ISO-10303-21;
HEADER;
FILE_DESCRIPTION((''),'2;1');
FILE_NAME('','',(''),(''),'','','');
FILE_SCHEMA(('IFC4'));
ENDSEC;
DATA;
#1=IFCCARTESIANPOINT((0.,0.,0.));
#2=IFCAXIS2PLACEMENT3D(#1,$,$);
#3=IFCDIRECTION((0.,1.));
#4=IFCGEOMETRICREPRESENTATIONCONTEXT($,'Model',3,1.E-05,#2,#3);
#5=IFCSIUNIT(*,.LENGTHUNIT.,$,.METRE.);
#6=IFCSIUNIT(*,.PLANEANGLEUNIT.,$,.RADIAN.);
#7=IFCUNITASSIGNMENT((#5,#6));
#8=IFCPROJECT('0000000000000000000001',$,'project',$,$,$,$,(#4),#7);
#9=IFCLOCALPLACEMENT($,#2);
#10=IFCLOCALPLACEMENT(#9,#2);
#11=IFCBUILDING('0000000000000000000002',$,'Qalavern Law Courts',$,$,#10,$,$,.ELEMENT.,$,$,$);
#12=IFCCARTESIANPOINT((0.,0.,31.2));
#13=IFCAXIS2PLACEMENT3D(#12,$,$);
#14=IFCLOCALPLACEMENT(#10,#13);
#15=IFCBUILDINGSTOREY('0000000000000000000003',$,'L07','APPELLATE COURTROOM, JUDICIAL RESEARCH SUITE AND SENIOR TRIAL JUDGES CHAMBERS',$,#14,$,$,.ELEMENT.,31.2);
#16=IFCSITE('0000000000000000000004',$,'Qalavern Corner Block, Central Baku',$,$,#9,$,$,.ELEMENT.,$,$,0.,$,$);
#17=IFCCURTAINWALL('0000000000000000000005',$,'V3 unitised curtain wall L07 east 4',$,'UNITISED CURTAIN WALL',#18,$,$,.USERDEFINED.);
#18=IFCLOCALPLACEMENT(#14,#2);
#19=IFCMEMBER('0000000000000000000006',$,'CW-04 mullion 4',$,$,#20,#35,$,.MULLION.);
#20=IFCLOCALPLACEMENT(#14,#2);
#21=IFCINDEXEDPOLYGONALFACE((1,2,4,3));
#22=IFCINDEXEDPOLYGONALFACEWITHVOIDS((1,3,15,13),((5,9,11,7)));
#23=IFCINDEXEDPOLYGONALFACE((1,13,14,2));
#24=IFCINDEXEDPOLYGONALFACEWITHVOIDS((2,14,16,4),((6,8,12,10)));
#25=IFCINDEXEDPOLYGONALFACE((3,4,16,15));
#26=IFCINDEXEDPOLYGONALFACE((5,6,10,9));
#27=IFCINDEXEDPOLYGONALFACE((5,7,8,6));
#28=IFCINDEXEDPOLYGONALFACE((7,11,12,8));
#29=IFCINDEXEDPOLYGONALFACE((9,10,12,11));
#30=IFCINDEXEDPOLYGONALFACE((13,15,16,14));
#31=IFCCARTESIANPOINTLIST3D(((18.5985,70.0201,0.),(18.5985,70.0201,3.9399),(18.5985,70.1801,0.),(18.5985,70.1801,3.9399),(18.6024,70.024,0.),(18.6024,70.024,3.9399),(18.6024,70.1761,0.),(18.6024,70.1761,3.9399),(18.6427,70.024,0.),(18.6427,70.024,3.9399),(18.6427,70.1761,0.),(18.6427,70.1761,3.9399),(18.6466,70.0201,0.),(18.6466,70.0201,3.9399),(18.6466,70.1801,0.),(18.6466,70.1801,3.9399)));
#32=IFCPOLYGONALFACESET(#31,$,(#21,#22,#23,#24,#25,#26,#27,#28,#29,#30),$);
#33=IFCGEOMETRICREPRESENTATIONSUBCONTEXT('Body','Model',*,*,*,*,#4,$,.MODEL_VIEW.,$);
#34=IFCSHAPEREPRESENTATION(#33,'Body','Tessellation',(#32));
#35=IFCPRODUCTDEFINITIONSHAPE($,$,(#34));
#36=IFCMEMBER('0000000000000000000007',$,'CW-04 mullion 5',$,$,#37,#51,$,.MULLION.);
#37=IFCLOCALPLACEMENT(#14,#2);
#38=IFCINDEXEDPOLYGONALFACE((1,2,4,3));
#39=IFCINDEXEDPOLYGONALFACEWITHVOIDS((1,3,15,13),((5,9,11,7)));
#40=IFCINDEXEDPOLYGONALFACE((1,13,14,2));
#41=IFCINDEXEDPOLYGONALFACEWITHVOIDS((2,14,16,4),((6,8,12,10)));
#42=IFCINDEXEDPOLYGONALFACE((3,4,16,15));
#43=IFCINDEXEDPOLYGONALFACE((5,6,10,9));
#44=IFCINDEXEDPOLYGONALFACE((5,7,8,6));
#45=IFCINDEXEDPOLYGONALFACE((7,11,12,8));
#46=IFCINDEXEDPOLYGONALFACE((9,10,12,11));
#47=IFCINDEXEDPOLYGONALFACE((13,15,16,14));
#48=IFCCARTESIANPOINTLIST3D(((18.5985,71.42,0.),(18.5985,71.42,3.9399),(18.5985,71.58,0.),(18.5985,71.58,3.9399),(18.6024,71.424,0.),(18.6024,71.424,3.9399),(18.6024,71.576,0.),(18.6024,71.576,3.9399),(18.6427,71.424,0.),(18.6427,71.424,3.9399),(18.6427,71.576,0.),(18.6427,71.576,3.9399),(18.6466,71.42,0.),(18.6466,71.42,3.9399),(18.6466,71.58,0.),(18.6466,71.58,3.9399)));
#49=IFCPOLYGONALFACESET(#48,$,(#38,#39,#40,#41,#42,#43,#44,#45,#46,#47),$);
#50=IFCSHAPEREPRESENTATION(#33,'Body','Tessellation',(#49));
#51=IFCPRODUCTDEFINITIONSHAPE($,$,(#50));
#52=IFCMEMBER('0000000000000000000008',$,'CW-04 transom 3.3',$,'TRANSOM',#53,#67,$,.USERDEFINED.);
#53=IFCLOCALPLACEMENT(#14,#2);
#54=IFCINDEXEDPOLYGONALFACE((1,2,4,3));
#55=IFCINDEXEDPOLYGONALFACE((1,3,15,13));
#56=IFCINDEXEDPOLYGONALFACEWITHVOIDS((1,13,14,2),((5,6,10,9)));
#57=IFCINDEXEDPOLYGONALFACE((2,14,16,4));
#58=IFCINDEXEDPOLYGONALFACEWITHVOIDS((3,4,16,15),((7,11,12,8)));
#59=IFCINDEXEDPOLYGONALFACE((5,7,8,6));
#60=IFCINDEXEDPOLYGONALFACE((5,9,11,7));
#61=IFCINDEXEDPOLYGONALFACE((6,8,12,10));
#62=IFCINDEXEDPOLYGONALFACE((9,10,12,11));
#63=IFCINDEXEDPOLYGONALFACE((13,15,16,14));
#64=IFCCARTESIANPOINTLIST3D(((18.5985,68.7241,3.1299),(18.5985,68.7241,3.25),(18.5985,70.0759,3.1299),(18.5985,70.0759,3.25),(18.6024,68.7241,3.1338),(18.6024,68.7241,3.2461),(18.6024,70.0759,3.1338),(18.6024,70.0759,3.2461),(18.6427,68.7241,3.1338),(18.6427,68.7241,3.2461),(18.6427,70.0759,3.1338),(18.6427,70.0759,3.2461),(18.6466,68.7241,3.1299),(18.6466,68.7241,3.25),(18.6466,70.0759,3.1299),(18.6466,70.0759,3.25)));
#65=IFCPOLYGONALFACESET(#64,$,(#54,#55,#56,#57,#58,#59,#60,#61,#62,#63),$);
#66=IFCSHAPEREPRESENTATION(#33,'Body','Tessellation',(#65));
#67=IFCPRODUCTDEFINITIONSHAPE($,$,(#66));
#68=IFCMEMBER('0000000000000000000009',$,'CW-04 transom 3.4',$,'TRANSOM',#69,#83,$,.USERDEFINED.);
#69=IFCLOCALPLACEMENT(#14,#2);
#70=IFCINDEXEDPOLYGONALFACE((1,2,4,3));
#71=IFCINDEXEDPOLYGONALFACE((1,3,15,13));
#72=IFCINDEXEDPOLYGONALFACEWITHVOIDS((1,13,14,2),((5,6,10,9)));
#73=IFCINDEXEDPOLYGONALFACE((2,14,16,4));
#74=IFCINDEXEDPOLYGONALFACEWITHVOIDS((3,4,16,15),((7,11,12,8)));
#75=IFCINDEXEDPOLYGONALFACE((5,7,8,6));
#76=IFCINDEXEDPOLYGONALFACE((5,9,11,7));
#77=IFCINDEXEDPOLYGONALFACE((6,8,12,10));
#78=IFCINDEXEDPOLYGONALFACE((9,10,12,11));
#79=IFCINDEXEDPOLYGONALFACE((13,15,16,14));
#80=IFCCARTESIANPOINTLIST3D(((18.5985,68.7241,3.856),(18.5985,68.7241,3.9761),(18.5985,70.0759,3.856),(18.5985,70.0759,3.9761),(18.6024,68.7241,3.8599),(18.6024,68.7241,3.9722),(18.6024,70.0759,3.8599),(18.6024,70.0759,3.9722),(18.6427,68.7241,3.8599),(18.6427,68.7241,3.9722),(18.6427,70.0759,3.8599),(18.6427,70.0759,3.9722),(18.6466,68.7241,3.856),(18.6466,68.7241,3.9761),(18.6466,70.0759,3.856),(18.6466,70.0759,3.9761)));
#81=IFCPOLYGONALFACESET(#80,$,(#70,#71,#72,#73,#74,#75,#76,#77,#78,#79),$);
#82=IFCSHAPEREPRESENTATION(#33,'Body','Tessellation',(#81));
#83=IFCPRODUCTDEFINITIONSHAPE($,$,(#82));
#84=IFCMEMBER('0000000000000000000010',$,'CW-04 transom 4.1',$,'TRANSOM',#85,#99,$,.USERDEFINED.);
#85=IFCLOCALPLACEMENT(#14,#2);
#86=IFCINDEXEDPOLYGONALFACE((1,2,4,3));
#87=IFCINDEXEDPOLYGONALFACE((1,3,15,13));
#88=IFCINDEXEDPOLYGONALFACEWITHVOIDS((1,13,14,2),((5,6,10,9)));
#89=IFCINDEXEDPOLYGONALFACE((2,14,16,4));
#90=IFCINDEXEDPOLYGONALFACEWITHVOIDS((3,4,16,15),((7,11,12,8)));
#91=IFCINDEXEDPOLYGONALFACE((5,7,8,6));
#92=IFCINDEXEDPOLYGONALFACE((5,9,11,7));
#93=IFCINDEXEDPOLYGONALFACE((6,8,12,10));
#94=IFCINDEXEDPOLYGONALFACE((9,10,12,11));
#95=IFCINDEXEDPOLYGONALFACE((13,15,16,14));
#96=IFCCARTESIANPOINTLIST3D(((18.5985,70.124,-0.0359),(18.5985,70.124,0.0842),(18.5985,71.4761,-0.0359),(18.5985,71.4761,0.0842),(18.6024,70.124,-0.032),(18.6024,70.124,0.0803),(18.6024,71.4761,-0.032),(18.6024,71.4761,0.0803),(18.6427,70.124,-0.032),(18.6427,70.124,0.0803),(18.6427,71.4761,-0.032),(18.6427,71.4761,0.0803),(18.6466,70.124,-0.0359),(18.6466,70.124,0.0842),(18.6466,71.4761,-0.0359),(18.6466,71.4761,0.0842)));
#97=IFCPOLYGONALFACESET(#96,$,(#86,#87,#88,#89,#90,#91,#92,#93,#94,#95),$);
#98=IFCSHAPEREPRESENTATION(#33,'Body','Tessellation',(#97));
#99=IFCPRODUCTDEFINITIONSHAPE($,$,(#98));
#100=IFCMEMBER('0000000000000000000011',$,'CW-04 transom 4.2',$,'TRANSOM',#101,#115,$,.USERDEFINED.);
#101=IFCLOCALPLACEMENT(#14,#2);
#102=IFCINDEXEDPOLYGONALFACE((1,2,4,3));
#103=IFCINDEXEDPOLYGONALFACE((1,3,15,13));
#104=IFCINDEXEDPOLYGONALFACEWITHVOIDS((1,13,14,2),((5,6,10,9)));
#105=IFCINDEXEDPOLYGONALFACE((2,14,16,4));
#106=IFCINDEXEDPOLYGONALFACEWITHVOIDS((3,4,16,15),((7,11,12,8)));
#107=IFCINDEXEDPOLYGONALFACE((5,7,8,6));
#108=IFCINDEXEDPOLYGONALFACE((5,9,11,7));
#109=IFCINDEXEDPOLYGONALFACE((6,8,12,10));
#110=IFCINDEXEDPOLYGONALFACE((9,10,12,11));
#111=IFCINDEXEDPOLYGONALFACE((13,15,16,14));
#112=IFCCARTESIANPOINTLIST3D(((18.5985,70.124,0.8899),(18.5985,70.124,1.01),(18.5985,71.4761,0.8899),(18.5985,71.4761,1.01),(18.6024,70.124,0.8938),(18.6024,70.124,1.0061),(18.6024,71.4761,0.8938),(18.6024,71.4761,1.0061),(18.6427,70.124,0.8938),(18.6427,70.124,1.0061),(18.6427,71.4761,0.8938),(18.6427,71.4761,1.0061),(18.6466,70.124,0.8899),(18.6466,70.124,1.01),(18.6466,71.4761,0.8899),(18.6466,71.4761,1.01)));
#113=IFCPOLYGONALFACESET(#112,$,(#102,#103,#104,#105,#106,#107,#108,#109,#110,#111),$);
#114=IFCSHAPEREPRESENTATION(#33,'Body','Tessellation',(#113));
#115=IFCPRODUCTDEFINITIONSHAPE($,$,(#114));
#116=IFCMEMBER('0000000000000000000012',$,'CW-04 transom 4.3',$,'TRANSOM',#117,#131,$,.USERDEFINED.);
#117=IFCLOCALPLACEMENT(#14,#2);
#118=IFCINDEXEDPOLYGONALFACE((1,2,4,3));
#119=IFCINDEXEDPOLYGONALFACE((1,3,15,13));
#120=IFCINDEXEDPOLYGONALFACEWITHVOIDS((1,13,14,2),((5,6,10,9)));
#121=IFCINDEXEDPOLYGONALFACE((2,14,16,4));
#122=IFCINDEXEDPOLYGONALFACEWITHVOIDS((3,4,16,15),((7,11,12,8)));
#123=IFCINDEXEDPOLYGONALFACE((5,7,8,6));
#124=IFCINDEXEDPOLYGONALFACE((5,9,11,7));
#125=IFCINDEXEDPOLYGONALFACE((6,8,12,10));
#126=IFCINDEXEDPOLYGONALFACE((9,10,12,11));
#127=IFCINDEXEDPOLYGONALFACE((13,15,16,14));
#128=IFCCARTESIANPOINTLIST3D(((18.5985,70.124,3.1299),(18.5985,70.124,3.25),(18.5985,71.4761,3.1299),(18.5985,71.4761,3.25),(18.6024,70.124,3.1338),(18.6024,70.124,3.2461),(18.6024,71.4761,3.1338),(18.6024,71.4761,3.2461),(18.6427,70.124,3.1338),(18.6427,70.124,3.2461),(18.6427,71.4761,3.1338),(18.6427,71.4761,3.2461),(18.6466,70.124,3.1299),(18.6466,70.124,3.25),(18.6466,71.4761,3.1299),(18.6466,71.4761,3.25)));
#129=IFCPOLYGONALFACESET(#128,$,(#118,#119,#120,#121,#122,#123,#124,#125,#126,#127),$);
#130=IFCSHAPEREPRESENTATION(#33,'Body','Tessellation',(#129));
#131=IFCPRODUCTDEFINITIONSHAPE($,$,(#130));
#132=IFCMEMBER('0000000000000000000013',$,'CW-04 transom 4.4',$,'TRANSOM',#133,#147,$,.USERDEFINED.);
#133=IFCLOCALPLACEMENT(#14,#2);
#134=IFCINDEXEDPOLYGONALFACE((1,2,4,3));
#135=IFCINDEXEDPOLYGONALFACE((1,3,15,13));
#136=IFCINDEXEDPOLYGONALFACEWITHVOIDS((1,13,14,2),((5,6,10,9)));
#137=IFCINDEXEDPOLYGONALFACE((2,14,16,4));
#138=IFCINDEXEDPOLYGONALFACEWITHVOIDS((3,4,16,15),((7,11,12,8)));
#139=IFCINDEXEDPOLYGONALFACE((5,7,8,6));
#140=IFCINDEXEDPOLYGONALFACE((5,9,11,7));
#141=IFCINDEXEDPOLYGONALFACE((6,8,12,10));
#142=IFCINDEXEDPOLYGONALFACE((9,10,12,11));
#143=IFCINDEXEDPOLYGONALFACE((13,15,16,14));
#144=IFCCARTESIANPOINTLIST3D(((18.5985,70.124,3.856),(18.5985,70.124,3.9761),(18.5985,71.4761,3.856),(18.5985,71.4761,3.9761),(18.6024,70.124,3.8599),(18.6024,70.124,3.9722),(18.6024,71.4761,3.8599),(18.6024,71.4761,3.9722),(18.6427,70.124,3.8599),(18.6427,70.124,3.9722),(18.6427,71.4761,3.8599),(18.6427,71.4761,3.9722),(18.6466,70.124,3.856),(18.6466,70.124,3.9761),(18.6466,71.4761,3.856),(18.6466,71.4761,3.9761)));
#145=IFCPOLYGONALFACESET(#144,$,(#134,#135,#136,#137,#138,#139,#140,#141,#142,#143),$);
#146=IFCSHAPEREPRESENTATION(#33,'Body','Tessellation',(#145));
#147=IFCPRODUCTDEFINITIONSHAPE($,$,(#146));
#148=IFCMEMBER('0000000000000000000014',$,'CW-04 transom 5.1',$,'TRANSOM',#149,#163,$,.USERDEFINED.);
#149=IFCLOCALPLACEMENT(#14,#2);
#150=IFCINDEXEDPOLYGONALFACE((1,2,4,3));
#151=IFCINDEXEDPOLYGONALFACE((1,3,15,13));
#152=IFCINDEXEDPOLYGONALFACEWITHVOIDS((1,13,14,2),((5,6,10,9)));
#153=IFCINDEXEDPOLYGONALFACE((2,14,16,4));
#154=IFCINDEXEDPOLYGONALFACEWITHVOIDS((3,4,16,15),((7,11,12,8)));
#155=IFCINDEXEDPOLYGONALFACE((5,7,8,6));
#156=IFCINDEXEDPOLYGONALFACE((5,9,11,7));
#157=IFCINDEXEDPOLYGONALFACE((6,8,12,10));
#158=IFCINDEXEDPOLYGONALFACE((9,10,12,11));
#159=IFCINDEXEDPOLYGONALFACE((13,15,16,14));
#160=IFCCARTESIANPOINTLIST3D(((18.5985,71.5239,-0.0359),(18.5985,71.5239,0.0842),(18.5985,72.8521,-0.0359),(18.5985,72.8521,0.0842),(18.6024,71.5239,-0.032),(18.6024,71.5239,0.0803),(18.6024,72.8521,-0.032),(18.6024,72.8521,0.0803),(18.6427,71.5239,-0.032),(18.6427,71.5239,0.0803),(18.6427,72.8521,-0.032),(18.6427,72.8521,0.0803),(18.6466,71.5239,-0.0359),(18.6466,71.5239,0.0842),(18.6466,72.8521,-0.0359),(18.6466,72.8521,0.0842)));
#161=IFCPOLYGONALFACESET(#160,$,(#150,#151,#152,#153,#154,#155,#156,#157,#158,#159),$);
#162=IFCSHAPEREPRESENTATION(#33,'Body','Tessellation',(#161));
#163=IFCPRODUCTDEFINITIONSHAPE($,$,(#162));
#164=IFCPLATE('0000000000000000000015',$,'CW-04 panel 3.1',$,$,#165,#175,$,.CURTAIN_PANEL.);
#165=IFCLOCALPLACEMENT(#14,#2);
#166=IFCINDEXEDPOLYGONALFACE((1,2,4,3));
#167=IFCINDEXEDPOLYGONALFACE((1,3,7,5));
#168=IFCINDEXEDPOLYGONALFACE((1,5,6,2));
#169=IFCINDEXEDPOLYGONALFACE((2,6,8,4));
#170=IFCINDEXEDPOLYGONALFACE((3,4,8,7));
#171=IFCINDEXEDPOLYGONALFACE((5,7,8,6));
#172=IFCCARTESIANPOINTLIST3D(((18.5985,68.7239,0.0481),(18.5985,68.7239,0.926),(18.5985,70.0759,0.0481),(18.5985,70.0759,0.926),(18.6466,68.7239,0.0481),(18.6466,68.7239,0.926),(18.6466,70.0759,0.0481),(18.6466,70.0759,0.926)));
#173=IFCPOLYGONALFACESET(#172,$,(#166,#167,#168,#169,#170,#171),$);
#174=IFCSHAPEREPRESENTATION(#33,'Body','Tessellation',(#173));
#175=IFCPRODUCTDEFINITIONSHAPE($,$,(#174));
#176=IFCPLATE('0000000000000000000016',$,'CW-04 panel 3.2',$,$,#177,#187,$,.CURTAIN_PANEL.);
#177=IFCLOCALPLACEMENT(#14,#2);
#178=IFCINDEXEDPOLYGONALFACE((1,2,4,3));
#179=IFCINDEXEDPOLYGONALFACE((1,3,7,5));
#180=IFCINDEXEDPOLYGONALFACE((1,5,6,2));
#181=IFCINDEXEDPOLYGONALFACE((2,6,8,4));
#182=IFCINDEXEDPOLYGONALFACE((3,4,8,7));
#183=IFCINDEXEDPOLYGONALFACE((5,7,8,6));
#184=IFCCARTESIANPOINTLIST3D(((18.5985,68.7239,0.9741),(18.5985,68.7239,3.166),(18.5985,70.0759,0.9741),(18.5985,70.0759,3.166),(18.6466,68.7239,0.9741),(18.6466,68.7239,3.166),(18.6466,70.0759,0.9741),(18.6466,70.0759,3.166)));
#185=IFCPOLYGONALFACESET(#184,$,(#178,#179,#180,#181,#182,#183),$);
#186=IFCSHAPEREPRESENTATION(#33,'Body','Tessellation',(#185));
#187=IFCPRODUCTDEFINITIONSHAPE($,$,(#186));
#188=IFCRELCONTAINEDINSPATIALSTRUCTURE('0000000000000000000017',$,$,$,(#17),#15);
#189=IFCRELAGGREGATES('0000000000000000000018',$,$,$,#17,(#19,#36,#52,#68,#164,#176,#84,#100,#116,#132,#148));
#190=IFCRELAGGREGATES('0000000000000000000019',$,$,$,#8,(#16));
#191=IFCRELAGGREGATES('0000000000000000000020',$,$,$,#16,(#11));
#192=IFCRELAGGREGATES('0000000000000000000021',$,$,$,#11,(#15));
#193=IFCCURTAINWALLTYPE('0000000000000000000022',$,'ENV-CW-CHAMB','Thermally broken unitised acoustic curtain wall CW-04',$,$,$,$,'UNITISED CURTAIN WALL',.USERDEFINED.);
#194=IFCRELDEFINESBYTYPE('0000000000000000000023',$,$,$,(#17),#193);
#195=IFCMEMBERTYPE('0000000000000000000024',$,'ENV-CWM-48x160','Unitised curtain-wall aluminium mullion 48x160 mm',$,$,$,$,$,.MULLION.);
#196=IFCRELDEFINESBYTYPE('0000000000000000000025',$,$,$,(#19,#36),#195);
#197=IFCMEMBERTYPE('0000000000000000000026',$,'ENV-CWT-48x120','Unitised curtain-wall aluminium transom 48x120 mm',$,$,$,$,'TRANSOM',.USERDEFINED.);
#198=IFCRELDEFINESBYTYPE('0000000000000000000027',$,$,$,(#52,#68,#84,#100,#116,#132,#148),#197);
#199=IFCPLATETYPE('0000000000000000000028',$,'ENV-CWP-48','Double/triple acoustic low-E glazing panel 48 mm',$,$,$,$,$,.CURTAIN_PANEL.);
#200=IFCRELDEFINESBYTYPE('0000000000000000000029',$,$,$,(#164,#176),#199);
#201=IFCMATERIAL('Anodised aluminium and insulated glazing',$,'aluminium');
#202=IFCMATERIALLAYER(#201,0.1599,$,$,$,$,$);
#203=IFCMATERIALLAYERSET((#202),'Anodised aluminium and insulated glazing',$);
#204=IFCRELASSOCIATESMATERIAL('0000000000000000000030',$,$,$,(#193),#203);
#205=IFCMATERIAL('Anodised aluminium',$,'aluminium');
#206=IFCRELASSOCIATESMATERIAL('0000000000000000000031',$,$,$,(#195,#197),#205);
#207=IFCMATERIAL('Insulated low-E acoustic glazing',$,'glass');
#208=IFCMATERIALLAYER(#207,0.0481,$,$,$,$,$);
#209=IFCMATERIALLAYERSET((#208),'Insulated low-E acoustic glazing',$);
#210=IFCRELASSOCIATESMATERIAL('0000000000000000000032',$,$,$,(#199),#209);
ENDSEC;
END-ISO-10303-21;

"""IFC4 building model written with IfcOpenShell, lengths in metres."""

from ifc_helpers import new_model, si_unit, direction, frame, origin, origin_2d, place, context, subcontext, project, spatial, rectangle, hollow_rectangle, extrude, material, layer, layer_set, material_profile, profile_set, type_object, element, aggregate, save


model = new_model("IFC4")

# Units and contexts
model_context = context("Model", 3, precision=1e-05, world=origin(), true_north=direction((0.0, 1.0)))
body_context = subcontext(model_context, "Body", "Model", "MODEL_VIEW")
ifc_project = project(units=[si_unit("LENGTHUNIT", "METRE"), si_unit("PLANEANGLEUNIT", "RADIAN")], contexts=[model_context])

# Site, building, storey
site_placement = place(None, origin())
site = spatial("IfcSite", under=ifc_project, at=site_placement, Name="Qalavern Corner Block, Central Baku", CompositionType="ELEMENT", RefElevation=0.0)
building_placement = place(site_placement, origin())
building = spatial("IfcBuilding", under=site, at=building_placement, Name="Qalavern Law Courts", CompositionType="ELEMENT")
storey_placement = place(building_placement, frame((0.0, 0.0, 31.2)))
storey = spatial("IfcBuildingStorey", under=building, at=storey_placement, Name="L07", Description="APPELLATE COURTROOM, JUDICIAL RESEARCH SUITE AND SENIOR TRIAL JUDGES CHAMBERS", CompositionType="ELEMENT", Elevation=31.2)

# Curtain wall, members, plates
ifc_material_1 = material(Name="Anodised aluminium and insulated glazing", Category="aluminium")
ifc_layer_1 = layer(ifc_material_1, 0.1599)
ifc_layer_set_1 = layer_set([ifc_layer_1], Name="Anodised aluminium and insulated glazing")
curtain_wall_type = type_object("IfcCurtainWallType", Name="ENV-CW-CHAMB", Description="Thermally broken unitised acoustic curtain wall CW-04", ElementType="UNITISED CURTAIN WALL", PredefinedType="USERDEFINED", material=ifc_layer_set_1)
curtain_wall_placement = place(storey_placement, origin())
curtain_wall = element("IfcCurtainWall", 1, at=curtain_wall_placement, inside=storey, type_object=curtain_wall_type, Name="V3 unitised curtain wall L07 east 4", ObjectType="UNITISED CURTAIN WALL", PredefinedType="USERDEFINED")
ifc_material_2 = material(Name="Anodised aluminium", Category="aluminium")
ifc_material_profile_1 = material_profile(ifc_material_2, hollow_rectangle(XDim=0.0481, YDim=0.1599, WallThickness=0.0039, at=origin_2d()), Name="ALU MULLION 48x160")
ifc_profile_set_1 = profile_set([ifc_material_profile_1], Name="Anodised aluminium")
member_type_1 = type_object("IfcMemberType", Name="ENV-CWM-48x160", Description="Unitised curtain-wall aluminium mullion 48x160 mm", PredefinedType="MULLION", material=ifc_profile_set_1)
member_1_placement = place(storey_placement, frame((18.6226, 70.1001, 0.0), z_axis=(0.0, 0.0, 1.0), x_axis=(-1.0, 0.0, 0.0)))
member_1 = element("IfcMember", 2, at=member_1_placement, type_object=member_type_1, Name="CW-04 mullion 4", PredefinedType="MULLION", context=body_context, shape_type="SweptSolid", body=[
    extrude(hollow_rectangle(XDim=0.0481, YDim=0.1599, WallThickness=0.0039, at=origin_2d()), origin(), (0.0, 0.0, 1.0), 3.9399),
])
member_2_placement = place(storey_placement, frame((18.6226, 71.5, 0.0), z_axis=(0.0, 0.0, 1.0), x_axis=(-1.0, 0.0, 0.0)))
member_2 = element("IfcMember", 3, at=member_2_placement, type_object=member_type_1, Name="CW-04 mullion 5", PredefinedType="MULLION", context=body_context, shape_type="SweptSolid", body=[
    extrude(hollow_rectangle(XDim=0.0481, YDim=0.1599, WallThickness=0.0039, at=origin_2d()), origin(), (0.0, 0.0, 1.0), 3.9399),
])
ifc_material_profile_2 = material_profile(ifc_material_2, hollow_rectangle(XDim=0.0481, YDim=0.1201, WallThickness=0.0039, at=origin_2d()), Name="ALU TRANSOM 48x120")
ifc_profile_set_2 = profile_set([ifc_material_profile_2], Name="Anodised aluminium")
member_type_2 = type_object("IfcMemberType", Name="ENV-CWT-48x120", Description="Unitised curtain-wall aluminium transom 48x120 mm", ElementType="TRANSOM", PredefinedType="USERDEFINED", material=ifc_profile_set_2)
member_3_placement = place(storey_placement, frame((18.6226, 68.7241, 3.1899), z_axis=(0.0, 1.0, 0.0), x_axis=(-1.0, 0.0, 0.0)))
member_3 = element("IfcMember", 4, at=member_3_placement, type_object=member_type_2, Name="CW-04 transom 3.3", ObjectType="TRANSOM", PredefinedType="USERDEFINED", context=body_context, shape_type="SweptSolid", body=[
    extrude(hollow_rectangle(XDim=0.0481, YDim=0.1201, WallThickness=0.0039, at=origin_2d()), origin(), (0.0, 0.0, 1.0), 1.3518),
])
member_4_placement = place(storey_placement, frame((18.6226, 68.7241, 3.916), z_axis=(0.0, 1.0, 0.0), x_axis=(-1.0, 0.0, 0.0)))
member_4 = element("IfcMember", 5, at=member_4_placement, type_object=member_type_2, Name="CW-04 transom 3.4", ObjectType="TRANSOM", PredefinedType="USERDEFINED", context=body_context, shape_type="SweptSolid", body=[
    extrude(hollow_rectangle(XDim=0.0481, YDim=0.1201, WallThickness=0.0039, at=origin_2d()), origin(), (0.0, 0.0, 1.0), 1.3518),
])
member_5_placement = place(storey_placement, frame((18.6226, 70.124, 0.0242), z_axis=(0.0, 1.0, 0.0), x_axis=(-1.0, 0.0, 0.0)))
member_5 = element("IfcMember", 6, at=member_5_placement, type_object=member_type_2, Name="CW-04 transom 4.1", ObjectType="TRANSOM", PredefinedType="USERDEFINED", context=body_context, shape_type="SweptSolid", body=[
    extrude(hollow_rectangle(XDim=0.0481, YDim=0.1201, WallThickness=0.0039, at=origin_2d()), origin(), (0.0, 0.0, 1.0), 1.3521),
])
member_6_placement = place(storey_placement, frame((18.6226, 70.124, 0.95), z_axis=(0.0, 1.0, 0.0), x_axis=(-1.0, 0.0, 0.0)))
member_6 = element("IfcMember", 7, at=member_6_placement, type_object=member_type_2, Name="CW-04 transom 4.2", ObjectType="TRANSOM", PredefinedType="USERDEFINED", context=body_context, shape_type="SweptSolid", body=[
    extrude(hollow_rectangle(XDim=0.0481, YDim=0.1201, WallThickness=0.0039, at=origin_2d()), origin(), (0.0, 0.0, 1.0), 1.3521),
])
member_7_placement = place(storey_placement, frame((18.6226, 70.124, 3.1899), z_axis=(0.0, 1.0, 0.0), x_axis=(-1.0, 0.0, 0.0)))
member_7 = element("IfcMember", 8, at=member_7_placement, type_object=member_type_2, Name="CW-04 transom 4.3", ObjectType="TRANSOM", PredefinedType="USERDEFINED", context=body_context, shape_type="SweptSolid", body=[
    extrude(hollow_rectangle(XDim=0.0481, YDim=0.1201, WallThickness=0.0039, at=origin_2d()), origin(), (0.0, 0.0, 1.0), 1.3521),
])
member_8_placement = place(storey_placement, frame((18.6226, 70.124, 3.916), z_axis=(0.0, 1.0, 0.0), x_axis=(-1.0, 0.0, 0.0)))
member_8 = element("IfcMember", 9, at=member_8_placement, type_object=member_type_2, Name="CW-04 transom 4.4", ObjectType="TRANSOM", PredefinedType="USERDEFINED", context=body_context, shape_type="SweptSolid", body=[
    extrude(hollow_rectangle(XDim=0.0481, YDim=0.1201, WallThickness=0.0039, at=origin_2d()), origin(), (0.0, 0.0, 1.0), 1.3521),
])
member_9_placement = place(storey_placement, frame((18.6226, 71.5239, 0.0242), z_axis=(0.0, 1.0, 0.0), x_axis=(-1.0, 0.0, 0.0)))
member_9 = element("IfcMember", 10, at=member_9_placement, type_object=member_type_2, Name="CW-04 transom 5.1", ObjectType="TRANSOM", PredefinedType="USERDEFINED", context=body_context, shape_type="SweptSolid", body=[
    extrude(hollow_rectangle(XDim=0.0481, YDim=0.1201, WallThickness=0.0039, at=origin_2d()), origin(), (0.0, 0.0, 1.0), 1.3281),
])
ifc_material_3 = material(Name="Insulated low-E acoustic glazing", Category="glass")
ifc_layer_2 = layer(ifc_material_3, 0.0481)
ifc_layer_set_2 = layer_set([ifc_layer_2], Name="Insulated low-E acoustic glazing")
plate_type = type_object("IfcPlateType", Name="ENV-CWP-48", Description="Double/triple acoustic low-E glazing panel 48 mm", PredefinedType="CURTAIN_PANEL", material=ifc_layer_set_2)
plate_1_placement = place(storey_placement, frame((18.6226, 69.3999, 0.0481), z_axis=(0.0, 0.0, 1.0), x_axis=(0.0, 1.0, 0.0)))
plate_1 = element("IfcPlate", 11, at=plate_1_placement, type_object=plate_type, Name="CW-04 panel 3.1", PredefinedType="CURTAIN_PANEL", context=body_context, shape_type="SweptSolid", body=[
    extrude(rectangle(XDim=1.3521, YDim=0.0481, at=origin_2d()), origin(), (0.0, 0.0, 1.0), 0.8779),
])
plate_2_placement = place(storey_placement, frame((18.6226, 69.3999, 0.9741), z_axis=(0.0, 0.0, 1.0), x_axis=(0.0, 1.0, 0.0)))
plate_2 = element("IfcPlate", 12, at=plate_2_placement, type_object=plate_type, Name="CW-04 panel 3.2", PredefinedType="CURTAIN_PANEL", context=body_context, shape_type="SweptSolid", body=[
    extrude(rectangle(XDim=1.3521, YDim=0.0481, at=origin_2d()), origin(), (0.0, 0.0, 1.0), 2.1919),
])
aggregate(curtain_wall, [member_1, member_2, member_3, member_4, plate_1, plate_2, member_5, member_6, member_7, member_8, member_9])

save(model, "model.ifc")
